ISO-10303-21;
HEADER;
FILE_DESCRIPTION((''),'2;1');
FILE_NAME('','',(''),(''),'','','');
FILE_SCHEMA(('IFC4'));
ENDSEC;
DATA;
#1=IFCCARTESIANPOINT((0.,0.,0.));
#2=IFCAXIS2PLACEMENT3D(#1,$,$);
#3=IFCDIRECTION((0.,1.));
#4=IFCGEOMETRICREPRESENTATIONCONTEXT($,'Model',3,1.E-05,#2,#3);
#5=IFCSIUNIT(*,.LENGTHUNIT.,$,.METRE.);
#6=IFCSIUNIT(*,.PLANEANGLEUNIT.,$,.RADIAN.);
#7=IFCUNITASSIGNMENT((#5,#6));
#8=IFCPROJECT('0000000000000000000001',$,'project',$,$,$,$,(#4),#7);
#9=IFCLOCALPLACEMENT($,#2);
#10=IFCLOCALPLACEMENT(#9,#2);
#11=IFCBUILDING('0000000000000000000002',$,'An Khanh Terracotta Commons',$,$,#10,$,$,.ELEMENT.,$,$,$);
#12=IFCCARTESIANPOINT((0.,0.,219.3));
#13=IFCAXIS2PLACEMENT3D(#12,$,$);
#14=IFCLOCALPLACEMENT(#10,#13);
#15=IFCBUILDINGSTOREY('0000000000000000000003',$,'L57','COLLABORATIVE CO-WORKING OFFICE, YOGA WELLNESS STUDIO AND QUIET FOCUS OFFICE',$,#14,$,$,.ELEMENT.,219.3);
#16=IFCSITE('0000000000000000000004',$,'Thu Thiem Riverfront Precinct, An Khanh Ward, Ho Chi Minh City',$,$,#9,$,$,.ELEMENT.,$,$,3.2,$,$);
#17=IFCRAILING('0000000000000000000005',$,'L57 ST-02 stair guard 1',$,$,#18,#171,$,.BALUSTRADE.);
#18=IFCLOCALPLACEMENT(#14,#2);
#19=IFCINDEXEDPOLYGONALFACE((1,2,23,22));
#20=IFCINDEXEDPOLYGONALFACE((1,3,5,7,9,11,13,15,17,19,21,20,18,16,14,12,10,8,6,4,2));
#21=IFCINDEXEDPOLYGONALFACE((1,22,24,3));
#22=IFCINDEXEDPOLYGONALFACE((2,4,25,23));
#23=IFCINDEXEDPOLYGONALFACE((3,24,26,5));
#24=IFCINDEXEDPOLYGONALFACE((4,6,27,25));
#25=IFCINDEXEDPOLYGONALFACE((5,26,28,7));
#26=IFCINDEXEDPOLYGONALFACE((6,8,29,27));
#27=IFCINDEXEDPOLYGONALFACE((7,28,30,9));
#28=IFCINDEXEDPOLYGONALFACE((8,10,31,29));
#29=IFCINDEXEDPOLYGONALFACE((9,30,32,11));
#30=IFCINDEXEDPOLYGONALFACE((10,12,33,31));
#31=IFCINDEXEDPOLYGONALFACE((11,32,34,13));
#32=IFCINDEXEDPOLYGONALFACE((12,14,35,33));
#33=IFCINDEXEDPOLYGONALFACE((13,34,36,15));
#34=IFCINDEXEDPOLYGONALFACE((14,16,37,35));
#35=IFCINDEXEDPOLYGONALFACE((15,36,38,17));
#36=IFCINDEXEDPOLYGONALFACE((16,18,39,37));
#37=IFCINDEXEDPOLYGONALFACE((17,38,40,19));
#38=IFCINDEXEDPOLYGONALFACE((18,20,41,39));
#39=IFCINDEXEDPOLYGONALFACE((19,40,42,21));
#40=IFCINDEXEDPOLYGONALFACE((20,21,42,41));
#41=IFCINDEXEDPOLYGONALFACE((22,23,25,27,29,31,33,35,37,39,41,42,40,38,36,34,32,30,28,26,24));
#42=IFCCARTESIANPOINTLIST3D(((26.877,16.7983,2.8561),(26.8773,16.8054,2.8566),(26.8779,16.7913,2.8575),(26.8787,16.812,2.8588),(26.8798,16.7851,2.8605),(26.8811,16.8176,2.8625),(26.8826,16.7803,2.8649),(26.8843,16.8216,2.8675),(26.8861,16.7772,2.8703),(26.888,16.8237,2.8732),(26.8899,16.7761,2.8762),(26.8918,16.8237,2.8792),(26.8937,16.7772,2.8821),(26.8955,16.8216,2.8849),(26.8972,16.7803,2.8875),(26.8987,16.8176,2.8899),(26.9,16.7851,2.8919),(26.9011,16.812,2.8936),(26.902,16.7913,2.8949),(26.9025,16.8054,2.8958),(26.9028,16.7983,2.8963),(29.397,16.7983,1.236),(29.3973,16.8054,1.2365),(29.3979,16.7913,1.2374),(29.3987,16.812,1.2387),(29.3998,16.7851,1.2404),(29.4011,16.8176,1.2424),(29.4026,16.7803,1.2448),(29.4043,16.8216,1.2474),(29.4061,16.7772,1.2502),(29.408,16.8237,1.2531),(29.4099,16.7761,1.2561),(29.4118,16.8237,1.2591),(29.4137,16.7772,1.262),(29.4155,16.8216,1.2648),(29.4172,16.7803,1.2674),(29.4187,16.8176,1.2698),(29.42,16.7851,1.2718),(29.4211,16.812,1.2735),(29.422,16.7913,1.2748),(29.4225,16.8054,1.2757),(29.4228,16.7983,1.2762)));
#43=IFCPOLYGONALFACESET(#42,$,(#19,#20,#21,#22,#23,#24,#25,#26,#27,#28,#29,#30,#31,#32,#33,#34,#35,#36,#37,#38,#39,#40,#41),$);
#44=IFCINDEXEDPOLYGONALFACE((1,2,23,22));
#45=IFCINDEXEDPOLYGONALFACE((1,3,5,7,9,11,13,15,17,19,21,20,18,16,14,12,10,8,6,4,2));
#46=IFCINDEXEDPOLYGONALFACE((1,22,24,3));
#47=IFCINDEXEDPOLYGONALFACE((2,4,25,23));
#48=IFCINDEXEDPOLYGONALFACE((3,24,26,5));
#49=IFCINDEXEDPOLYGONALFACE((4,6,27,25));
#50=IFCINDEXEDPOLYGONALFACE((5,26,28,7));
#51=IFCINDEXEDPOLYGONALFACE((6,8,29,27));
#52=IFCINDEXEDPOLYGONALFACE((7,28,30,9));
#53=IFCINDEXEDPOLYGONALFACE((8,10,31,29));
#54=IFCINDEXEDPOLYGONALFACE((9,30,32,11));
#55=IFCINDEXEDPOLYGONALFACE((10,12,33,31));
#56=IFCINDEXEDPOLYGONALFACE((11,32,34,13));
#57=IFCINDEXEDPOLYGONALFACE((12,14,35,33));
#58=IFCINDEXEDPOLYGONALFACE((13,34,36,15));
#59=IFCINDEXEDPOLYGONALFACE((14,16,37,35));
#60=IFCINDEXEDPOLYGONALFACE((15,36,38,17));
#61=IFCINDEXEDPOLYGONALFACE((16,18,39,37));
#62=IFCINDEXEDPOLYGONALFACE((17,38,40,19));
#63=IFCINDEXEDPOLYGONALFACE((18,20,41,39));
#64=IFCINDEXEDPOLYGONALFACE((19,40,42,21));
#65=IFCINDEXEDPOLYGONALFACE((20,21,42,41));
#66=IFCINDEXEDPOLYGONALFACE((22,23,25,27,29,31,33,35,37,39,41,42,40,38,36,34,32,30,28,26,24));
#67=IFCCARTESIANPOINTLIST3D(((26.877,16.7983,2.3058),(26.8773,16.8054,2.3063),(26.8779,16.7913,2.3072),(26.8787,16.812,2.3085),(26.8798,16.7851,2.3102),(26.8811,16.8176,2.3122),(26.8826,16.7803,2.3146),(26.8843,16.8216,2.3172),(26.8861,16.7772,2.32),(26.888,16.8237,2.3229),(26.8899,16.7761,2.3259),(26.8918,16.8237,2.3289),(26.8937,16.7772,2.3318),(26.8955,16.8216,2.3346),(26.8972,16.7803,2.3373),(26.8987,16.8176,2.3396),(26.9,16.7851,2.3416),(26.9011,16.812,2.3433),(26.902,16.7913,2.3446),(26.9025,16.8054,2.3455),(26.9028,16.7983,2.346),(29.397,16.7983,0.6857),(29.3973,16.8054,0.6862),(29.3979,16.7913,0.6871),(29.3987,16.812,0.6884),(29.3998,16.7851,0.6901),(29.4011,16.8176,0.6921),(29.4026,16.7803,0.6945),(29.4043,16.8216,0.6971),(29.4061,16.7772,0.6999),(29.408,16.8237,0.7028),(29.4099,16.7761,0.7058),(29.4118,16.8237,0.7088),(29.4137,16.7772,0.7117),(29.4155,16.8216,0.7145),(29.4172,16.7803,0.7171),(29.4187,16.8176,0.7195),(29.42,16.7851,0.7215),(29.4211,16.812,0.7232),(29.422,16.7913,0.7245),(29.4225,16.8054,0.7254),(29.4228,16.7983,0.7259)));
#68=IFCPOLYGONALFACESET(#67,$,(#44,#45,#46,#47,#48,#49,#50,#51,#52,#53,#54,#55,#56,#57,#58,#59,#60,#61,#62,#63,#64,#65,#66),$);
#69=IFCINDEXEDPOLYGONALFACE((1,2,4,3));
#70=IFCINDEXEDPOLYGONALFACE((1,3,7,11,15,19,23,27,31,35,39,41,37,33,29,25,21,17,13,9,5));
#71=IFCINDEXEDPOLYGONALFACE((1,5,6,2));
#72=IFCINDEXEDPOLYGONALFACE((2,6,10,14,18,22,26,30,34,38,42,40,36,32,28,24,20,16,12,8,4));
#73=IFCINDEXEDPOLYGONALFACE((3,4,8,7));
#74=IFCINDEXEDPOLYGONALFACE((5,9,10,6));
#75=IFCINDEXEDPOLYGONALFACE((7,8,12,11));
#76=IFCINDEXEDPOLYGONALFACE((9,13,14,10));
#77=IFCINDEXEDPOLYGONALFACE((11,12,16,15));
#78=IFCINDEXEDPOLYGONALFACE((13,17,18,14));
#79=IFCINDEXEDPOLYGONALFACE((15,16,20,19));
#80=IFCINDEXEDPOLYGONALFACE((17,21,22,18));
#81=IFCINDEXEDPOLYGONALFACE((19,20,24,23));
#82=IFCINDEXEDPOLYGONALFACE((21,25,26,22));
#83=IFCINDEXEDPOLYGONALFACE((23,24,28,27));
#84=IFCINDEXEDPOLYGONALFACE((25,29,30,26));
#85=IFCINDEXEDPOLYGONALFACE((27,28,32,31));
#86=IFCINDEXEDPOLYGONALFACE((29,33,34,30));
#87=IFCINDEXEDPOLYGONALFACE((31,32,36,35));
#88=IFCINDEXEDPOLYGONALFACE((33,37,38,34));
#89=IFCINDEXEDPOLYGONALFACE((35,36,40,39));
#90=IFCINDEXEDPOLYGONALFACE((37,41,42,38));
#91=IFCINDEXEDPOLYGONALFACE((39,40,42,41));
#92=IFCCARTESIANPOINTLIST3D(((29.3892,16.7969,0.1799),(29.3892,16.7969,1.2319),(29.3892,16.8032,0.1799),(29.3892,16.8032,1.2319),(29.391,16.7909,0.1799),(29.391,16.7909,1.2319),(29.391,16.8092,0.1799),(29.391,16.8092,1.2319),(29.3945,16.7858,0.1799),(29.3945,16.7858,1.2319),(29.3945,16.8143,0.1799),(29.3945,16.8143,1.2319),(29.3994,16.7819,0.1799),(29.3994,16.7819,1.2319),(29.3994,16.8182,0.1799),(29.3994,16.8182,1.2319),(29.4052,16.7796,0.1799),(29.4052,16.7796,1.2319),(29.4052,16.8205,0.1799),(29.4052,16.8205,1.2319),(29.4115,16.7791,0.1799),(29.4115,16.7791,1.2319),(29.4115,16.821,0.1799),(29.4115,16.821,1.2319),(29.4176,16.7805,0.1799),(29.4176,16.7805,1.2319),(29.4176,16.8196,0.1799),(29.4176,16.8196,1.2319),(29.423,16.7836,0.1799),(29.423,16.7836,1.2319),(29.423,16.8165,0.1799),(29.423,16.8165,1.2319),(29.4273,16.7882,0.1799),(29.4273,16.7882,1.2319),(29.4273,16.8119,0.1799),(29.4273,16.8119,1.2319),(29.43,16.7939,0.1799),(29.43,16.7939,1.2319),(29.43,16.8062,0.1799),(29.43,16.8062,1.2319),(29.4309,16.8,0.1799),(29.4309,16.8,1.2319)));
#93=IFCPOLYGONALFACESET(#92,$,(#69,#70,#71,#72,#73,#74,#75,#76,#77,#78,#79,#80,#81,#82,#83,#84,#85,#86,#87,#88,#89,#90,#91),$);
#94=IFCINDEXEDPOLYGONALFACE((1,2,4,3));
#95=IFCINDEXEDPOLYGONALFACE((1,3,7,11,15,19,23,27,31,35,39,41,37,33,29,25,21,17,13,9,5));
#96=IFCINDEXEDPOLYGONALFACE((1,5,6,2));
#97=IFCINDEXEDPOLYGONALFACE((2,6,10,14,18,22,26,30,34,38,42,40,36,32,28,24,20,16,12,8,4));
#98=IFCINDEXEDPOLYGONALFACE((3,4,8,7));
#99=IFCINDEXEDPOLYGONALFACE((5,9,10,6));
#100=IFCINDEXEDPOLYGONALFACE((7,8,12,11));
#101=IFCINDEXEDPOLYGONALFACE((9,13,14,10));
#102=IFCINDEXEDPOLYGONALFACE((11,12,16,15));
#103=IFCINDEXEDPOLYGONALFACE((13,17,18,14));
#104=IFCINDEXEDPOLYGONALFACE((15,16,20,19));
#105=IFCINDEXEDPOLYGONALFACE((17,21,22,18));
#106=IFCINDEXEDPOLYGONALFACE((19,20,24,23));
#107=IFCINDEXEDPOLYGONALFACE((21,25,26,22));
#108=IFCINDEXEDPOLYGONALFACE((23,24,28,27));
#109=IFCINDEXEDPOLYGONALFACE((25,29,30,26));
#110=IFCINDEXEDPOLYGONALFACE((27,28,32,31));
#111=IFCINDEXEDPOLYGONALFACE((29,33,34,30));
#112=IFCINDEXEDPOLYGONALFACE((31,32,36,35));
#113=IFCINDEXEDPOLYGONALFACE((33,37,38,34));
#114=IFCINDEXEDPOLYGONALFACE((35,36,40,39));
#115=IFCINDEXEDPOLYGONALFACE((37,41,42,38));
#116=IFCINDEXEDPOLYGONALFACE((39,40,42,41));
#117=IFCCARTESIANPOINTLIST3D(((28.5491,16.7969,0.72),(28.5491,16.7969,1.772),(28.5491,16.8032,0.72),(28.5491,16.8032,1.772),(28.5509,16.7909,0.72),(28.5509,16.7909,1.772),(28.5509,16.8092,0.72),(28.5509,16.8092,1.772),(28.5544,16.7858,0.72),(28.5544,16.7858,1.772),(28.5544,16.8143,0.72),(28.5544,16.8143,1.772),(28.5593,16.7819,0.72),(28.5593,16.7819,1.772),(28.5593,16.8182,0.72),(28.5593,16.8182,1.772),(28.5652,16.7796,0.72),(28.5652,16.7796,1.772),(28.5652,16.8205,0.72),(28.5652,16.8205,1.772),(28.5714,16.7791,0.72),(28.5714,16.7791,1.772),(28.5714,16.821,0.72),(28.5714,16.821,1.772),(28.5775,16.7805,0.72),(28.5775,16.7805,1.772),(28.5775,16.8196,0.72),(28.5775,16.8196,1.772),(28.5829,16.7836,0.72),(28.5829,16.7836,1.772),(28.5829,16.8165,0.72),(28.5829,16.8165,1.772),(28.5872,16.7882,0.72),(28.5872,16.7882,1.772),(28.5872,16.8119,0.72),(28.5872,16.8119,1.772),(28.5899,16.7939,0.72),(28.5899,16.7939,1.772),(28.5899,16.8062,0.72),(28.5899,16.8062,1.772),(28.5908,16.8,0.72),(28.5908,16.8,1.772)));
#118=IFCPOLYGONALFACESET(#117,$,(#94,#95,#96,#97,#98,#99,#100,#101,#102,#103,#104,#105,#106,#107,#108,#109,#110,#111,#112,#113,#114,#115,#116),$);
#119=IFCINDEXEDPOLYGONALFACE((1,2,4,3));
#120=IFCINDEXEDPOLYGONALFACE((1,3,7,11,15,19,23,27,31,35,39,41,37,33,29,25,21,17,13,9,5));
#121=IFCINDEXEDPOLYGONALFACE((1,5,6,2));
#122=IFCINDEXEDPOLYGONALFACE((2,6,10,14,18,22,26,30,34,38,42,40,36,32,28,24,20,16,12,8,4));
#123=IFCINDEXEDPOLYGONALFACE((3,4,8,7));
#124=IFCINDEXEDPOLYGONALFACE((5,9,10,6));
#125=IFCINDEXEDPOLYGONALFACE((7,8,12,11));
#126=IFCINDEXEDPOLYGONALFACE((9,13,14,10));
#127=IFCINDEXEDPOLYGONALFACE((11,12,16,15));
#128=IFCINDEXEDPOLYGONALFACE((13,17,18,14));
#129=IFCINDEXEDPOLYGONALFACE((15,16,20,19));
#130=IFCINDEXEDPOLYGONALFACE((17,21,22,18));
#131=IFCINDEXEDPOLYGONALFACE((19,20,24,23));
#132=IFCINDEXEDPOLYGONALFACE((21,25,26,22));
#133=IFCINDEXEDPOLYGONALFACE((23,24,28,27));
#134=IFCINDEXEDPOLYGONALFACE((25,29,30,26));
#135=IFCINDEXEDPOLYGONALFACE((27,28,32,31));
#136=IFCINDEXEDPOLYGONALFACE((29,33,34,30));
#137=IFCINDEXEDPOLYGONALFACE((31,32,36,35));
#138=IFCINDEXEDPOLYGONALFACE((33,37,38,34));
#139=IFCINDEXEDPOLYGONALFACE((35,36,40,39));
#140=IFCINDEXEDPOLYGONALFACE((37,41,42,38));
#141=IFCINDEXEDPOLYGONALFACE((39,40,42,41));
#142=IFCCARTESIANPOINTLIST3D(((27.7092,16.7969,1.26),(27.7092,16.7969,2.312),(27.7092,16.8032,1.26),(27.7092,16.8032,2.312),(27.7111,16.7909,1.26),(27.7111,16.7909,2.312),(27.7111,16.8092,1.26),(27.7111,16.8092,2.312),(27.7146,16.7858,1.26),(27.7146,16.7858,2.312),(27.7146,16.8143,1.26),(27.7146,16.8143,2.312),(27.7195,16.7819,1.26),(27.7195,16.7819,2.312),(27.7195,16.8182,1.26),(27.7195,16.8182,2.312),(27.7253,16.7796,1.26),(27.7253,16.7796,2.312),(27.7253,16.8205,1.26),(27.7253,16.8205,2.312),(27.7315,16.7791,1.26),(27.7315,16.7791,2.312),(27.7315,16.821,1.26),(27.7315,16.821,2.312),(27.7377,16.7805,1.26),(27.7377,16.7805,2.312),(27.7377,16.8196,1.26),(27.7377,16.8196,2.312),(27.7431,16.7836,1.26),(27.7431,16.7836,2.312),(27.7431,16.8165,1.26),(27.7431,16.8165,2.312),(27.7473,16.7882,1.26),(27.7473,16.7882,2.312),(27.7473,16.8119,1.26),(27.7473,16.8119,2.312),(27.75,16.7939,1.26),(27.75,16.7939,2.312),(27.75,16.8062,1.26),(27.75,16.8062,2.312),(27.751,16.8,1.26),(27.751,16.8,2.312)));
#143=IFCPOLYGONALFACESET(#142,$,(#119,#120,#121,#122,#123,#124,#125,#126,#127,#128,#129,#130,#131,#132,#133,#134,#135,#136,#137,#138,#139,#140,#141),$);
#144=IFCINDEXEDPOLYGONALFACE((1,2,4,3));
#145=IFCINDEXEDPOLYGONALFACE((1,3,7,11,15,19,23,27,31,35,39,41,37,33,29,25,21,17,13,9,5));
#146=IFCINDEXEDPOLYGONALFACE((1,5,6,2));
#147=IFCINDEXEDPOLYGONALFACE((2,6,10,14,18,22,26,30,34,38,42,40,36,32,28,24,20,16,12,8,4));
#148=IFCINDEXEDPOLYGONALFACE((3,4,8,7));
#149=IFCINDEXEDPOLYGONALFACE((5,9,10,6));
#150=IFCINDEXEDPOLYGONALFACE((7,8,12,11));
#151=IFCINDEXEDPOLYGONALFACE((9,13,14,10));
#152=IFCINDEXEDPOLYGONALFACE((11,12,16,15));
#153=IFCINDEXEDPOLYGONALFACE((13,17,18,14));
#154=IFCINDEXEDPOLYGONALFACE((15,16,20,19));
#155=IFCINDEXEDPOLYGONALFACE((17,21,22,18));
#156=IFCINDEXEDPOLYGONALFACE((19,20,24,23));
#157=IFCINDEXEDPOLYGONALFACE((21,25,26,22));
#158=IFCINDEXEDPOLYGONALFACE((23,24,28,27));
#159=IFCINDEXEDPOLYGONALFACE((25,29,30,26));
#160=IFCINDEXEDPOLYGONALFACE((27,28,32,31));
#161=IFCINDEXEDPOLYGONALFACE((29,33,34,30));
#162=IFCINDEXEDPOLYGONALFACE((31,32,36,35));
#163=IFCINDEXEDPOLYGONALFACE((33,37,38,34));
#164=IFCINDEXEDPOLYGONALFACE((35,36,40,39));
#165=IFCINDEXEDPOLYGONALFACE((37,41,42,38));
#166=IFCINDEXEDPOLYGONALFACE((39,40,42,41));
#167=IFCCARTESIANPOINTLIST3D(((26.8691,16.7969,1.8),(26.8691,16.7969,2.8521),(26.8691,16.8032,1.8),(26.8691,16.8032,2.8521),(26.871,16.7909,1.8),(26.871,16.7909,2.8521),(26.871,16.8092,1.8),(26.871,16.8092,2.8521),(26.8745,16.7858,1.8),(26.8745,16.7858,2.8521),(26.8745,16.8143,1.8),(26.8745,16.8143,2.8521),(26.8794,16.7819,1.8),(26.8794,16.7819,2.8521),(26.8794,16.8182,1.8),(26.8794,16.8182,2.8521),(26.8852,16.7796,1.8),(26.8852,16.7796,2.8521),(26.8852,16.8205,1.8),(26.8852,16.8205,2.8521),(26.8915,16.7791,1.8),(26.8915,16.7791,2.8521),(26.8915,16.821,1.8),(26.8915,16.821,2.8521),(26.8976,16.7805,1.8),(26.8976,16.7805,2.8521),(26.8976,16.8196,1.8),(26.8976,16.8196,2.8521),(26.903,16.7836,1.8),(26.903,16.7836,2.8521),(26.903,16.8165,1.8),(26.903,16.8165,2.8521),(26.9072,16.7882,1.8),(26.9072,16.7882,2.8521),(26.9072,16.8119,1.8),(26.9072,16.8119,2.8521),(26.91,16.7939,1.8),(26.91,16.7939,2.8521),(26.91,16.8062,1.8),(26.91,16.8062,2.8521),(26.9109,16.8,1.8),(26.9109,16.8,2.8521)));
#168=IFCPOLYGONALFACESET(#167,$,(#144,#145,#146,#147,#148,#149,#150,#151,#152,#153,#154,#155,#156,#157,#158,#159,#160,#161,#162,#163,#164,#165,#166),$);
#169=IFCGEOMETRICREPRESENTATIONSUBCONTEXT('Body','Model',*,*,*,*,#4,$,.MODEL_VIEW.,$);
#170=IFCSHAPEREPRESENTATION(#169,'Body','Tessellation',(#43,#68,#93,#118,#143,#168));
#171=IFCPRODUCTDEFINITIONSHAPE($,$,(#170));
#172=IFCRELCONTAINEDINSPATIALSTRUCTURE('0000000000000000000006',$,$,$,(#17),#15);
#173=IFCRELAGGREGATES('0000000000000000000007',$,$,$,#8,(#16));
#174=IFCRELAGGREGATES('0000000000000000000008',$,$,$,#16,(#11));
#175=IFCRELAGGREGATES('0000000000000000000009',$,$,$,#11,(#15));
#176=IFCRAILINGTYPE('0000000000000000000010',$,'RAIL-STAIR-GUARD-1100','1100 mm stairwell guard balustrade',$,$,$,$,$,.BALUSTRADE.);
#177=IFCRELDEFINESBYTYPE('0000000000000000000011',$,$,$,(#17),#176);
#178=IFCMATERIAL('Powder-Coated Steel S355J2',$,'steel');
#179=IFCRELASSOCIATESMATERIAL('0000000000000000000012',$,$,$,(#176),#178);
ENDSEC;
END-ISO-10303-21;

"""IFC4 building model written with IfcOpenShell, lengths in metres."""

from ifc_helpers import new_model, si_unit, direction, frame, origin, origin_2d, place, context, subcontext, project, spatial, circle, extrude, material, type_object, element, save


model = new_model("IFC4")

# Units and contexts
model_context = context("Model", 3, precision=1e-05, world=origin(), true_north=direction((0.0, 1.0)))
body_context = subcontext(model_context, "Body", "Model", "MODEL_VIEW")
ifc_project = project(units=[si_unit("LENGTHUNIT", "METRE"), si_unit("PLANEANGLEUNIT", "RADIAN")], contexts=[model_context])

# Site, building, storey
site_placement = place(None, origin())
site = spatial("IfcSite", under=ifc_project, at=site_placement, Name="Thu Thiem Riverfront Precinct, An Khanh Ward, Ho Chi Minh City", CompositionType="ELEMENT", RefElevation=3.2)
building_placement = place(site_placement, origin())
building = spatial("IfcBuilding", under=site, at=building_placement, Name="An Khanh Terracotta Commons", CompositionType="ELEMENT")
storey_placement = place(building_placement, frame((0.0, 0.0, 219.3)))
storey = spatial("IfcBuildingStorey", under=building, at=storey_placement, Name="L57", Description="COLLABORATIVE CO-WORKING OFFICE, YOGA WELLNESS STUDIO AND QUIET FOCUS OFFICE", CompositionType="ELEMENT", Elevation=219.3)

# Railing
ifc_material_1 = material(Name="Powder-Coated Steel S355J2", Category="steel")
railing_type = type_object("IfcRailingType", Name="RAIL-STAIR-GUARD-1100", Description="1100 mm stairwell guard balustrade", PredefinedType="BALUSTRADE", material=ifc_material_1)
railing_1_placement = place(storey_placement, frame((29.4099, 16.8, 0.1799)))
element("IfcRailing", 1, at=railing_1_placement, inside=storey, type_object=railing_type, Name="L57 ST-02 stair guard 1", PredefinedType="BALUSTRADE", context=body_context, shape_type="SweptSolid", body=[
    extrude(circle(Radius=0.0239, at=origin_2d()), frame((0.0, 0.0, 1.0762), z_axis=(-0.841163, 0.0, 0.540782), x_axis=(0.0, -1.0, 0.0)), (0.0, 0.0, 1.0), 2.9958),
    extrude(circle(Radius=0.0239, at=origin_2d()), frame((0.0, 0.0, 0.5259), z_axis=(-0.841163, 0.0, 0.540782), x_axis=(0.0, -1.0, 0.0)), (0.0, 0.0, 1.0), 2.9958),
    extrude(circle(Radius=0.021, at=origin_2d()), origin(), (0.0, 0.0, 1.0), 1.052),
    extrude(circle(Radius=0.021, at=origin_2d()), frame((-0.8401, 0.0, 0.54)), (0.0, 0.0, 1.0), 1.052),
    extrude(circle(Radius=0.021, at=origin_2d()), frame((-1.6799, 0.0, 1.0801)), (0.0, 0.0, 1.0), 1.052),
    extrude(circle(Radius=0.021, at=origin_2d()), frame((-2.52, 0.0, 1.6201)), (0.0, 0.0, 1.0), 1.052),
])

save(model, "model.ifc")
